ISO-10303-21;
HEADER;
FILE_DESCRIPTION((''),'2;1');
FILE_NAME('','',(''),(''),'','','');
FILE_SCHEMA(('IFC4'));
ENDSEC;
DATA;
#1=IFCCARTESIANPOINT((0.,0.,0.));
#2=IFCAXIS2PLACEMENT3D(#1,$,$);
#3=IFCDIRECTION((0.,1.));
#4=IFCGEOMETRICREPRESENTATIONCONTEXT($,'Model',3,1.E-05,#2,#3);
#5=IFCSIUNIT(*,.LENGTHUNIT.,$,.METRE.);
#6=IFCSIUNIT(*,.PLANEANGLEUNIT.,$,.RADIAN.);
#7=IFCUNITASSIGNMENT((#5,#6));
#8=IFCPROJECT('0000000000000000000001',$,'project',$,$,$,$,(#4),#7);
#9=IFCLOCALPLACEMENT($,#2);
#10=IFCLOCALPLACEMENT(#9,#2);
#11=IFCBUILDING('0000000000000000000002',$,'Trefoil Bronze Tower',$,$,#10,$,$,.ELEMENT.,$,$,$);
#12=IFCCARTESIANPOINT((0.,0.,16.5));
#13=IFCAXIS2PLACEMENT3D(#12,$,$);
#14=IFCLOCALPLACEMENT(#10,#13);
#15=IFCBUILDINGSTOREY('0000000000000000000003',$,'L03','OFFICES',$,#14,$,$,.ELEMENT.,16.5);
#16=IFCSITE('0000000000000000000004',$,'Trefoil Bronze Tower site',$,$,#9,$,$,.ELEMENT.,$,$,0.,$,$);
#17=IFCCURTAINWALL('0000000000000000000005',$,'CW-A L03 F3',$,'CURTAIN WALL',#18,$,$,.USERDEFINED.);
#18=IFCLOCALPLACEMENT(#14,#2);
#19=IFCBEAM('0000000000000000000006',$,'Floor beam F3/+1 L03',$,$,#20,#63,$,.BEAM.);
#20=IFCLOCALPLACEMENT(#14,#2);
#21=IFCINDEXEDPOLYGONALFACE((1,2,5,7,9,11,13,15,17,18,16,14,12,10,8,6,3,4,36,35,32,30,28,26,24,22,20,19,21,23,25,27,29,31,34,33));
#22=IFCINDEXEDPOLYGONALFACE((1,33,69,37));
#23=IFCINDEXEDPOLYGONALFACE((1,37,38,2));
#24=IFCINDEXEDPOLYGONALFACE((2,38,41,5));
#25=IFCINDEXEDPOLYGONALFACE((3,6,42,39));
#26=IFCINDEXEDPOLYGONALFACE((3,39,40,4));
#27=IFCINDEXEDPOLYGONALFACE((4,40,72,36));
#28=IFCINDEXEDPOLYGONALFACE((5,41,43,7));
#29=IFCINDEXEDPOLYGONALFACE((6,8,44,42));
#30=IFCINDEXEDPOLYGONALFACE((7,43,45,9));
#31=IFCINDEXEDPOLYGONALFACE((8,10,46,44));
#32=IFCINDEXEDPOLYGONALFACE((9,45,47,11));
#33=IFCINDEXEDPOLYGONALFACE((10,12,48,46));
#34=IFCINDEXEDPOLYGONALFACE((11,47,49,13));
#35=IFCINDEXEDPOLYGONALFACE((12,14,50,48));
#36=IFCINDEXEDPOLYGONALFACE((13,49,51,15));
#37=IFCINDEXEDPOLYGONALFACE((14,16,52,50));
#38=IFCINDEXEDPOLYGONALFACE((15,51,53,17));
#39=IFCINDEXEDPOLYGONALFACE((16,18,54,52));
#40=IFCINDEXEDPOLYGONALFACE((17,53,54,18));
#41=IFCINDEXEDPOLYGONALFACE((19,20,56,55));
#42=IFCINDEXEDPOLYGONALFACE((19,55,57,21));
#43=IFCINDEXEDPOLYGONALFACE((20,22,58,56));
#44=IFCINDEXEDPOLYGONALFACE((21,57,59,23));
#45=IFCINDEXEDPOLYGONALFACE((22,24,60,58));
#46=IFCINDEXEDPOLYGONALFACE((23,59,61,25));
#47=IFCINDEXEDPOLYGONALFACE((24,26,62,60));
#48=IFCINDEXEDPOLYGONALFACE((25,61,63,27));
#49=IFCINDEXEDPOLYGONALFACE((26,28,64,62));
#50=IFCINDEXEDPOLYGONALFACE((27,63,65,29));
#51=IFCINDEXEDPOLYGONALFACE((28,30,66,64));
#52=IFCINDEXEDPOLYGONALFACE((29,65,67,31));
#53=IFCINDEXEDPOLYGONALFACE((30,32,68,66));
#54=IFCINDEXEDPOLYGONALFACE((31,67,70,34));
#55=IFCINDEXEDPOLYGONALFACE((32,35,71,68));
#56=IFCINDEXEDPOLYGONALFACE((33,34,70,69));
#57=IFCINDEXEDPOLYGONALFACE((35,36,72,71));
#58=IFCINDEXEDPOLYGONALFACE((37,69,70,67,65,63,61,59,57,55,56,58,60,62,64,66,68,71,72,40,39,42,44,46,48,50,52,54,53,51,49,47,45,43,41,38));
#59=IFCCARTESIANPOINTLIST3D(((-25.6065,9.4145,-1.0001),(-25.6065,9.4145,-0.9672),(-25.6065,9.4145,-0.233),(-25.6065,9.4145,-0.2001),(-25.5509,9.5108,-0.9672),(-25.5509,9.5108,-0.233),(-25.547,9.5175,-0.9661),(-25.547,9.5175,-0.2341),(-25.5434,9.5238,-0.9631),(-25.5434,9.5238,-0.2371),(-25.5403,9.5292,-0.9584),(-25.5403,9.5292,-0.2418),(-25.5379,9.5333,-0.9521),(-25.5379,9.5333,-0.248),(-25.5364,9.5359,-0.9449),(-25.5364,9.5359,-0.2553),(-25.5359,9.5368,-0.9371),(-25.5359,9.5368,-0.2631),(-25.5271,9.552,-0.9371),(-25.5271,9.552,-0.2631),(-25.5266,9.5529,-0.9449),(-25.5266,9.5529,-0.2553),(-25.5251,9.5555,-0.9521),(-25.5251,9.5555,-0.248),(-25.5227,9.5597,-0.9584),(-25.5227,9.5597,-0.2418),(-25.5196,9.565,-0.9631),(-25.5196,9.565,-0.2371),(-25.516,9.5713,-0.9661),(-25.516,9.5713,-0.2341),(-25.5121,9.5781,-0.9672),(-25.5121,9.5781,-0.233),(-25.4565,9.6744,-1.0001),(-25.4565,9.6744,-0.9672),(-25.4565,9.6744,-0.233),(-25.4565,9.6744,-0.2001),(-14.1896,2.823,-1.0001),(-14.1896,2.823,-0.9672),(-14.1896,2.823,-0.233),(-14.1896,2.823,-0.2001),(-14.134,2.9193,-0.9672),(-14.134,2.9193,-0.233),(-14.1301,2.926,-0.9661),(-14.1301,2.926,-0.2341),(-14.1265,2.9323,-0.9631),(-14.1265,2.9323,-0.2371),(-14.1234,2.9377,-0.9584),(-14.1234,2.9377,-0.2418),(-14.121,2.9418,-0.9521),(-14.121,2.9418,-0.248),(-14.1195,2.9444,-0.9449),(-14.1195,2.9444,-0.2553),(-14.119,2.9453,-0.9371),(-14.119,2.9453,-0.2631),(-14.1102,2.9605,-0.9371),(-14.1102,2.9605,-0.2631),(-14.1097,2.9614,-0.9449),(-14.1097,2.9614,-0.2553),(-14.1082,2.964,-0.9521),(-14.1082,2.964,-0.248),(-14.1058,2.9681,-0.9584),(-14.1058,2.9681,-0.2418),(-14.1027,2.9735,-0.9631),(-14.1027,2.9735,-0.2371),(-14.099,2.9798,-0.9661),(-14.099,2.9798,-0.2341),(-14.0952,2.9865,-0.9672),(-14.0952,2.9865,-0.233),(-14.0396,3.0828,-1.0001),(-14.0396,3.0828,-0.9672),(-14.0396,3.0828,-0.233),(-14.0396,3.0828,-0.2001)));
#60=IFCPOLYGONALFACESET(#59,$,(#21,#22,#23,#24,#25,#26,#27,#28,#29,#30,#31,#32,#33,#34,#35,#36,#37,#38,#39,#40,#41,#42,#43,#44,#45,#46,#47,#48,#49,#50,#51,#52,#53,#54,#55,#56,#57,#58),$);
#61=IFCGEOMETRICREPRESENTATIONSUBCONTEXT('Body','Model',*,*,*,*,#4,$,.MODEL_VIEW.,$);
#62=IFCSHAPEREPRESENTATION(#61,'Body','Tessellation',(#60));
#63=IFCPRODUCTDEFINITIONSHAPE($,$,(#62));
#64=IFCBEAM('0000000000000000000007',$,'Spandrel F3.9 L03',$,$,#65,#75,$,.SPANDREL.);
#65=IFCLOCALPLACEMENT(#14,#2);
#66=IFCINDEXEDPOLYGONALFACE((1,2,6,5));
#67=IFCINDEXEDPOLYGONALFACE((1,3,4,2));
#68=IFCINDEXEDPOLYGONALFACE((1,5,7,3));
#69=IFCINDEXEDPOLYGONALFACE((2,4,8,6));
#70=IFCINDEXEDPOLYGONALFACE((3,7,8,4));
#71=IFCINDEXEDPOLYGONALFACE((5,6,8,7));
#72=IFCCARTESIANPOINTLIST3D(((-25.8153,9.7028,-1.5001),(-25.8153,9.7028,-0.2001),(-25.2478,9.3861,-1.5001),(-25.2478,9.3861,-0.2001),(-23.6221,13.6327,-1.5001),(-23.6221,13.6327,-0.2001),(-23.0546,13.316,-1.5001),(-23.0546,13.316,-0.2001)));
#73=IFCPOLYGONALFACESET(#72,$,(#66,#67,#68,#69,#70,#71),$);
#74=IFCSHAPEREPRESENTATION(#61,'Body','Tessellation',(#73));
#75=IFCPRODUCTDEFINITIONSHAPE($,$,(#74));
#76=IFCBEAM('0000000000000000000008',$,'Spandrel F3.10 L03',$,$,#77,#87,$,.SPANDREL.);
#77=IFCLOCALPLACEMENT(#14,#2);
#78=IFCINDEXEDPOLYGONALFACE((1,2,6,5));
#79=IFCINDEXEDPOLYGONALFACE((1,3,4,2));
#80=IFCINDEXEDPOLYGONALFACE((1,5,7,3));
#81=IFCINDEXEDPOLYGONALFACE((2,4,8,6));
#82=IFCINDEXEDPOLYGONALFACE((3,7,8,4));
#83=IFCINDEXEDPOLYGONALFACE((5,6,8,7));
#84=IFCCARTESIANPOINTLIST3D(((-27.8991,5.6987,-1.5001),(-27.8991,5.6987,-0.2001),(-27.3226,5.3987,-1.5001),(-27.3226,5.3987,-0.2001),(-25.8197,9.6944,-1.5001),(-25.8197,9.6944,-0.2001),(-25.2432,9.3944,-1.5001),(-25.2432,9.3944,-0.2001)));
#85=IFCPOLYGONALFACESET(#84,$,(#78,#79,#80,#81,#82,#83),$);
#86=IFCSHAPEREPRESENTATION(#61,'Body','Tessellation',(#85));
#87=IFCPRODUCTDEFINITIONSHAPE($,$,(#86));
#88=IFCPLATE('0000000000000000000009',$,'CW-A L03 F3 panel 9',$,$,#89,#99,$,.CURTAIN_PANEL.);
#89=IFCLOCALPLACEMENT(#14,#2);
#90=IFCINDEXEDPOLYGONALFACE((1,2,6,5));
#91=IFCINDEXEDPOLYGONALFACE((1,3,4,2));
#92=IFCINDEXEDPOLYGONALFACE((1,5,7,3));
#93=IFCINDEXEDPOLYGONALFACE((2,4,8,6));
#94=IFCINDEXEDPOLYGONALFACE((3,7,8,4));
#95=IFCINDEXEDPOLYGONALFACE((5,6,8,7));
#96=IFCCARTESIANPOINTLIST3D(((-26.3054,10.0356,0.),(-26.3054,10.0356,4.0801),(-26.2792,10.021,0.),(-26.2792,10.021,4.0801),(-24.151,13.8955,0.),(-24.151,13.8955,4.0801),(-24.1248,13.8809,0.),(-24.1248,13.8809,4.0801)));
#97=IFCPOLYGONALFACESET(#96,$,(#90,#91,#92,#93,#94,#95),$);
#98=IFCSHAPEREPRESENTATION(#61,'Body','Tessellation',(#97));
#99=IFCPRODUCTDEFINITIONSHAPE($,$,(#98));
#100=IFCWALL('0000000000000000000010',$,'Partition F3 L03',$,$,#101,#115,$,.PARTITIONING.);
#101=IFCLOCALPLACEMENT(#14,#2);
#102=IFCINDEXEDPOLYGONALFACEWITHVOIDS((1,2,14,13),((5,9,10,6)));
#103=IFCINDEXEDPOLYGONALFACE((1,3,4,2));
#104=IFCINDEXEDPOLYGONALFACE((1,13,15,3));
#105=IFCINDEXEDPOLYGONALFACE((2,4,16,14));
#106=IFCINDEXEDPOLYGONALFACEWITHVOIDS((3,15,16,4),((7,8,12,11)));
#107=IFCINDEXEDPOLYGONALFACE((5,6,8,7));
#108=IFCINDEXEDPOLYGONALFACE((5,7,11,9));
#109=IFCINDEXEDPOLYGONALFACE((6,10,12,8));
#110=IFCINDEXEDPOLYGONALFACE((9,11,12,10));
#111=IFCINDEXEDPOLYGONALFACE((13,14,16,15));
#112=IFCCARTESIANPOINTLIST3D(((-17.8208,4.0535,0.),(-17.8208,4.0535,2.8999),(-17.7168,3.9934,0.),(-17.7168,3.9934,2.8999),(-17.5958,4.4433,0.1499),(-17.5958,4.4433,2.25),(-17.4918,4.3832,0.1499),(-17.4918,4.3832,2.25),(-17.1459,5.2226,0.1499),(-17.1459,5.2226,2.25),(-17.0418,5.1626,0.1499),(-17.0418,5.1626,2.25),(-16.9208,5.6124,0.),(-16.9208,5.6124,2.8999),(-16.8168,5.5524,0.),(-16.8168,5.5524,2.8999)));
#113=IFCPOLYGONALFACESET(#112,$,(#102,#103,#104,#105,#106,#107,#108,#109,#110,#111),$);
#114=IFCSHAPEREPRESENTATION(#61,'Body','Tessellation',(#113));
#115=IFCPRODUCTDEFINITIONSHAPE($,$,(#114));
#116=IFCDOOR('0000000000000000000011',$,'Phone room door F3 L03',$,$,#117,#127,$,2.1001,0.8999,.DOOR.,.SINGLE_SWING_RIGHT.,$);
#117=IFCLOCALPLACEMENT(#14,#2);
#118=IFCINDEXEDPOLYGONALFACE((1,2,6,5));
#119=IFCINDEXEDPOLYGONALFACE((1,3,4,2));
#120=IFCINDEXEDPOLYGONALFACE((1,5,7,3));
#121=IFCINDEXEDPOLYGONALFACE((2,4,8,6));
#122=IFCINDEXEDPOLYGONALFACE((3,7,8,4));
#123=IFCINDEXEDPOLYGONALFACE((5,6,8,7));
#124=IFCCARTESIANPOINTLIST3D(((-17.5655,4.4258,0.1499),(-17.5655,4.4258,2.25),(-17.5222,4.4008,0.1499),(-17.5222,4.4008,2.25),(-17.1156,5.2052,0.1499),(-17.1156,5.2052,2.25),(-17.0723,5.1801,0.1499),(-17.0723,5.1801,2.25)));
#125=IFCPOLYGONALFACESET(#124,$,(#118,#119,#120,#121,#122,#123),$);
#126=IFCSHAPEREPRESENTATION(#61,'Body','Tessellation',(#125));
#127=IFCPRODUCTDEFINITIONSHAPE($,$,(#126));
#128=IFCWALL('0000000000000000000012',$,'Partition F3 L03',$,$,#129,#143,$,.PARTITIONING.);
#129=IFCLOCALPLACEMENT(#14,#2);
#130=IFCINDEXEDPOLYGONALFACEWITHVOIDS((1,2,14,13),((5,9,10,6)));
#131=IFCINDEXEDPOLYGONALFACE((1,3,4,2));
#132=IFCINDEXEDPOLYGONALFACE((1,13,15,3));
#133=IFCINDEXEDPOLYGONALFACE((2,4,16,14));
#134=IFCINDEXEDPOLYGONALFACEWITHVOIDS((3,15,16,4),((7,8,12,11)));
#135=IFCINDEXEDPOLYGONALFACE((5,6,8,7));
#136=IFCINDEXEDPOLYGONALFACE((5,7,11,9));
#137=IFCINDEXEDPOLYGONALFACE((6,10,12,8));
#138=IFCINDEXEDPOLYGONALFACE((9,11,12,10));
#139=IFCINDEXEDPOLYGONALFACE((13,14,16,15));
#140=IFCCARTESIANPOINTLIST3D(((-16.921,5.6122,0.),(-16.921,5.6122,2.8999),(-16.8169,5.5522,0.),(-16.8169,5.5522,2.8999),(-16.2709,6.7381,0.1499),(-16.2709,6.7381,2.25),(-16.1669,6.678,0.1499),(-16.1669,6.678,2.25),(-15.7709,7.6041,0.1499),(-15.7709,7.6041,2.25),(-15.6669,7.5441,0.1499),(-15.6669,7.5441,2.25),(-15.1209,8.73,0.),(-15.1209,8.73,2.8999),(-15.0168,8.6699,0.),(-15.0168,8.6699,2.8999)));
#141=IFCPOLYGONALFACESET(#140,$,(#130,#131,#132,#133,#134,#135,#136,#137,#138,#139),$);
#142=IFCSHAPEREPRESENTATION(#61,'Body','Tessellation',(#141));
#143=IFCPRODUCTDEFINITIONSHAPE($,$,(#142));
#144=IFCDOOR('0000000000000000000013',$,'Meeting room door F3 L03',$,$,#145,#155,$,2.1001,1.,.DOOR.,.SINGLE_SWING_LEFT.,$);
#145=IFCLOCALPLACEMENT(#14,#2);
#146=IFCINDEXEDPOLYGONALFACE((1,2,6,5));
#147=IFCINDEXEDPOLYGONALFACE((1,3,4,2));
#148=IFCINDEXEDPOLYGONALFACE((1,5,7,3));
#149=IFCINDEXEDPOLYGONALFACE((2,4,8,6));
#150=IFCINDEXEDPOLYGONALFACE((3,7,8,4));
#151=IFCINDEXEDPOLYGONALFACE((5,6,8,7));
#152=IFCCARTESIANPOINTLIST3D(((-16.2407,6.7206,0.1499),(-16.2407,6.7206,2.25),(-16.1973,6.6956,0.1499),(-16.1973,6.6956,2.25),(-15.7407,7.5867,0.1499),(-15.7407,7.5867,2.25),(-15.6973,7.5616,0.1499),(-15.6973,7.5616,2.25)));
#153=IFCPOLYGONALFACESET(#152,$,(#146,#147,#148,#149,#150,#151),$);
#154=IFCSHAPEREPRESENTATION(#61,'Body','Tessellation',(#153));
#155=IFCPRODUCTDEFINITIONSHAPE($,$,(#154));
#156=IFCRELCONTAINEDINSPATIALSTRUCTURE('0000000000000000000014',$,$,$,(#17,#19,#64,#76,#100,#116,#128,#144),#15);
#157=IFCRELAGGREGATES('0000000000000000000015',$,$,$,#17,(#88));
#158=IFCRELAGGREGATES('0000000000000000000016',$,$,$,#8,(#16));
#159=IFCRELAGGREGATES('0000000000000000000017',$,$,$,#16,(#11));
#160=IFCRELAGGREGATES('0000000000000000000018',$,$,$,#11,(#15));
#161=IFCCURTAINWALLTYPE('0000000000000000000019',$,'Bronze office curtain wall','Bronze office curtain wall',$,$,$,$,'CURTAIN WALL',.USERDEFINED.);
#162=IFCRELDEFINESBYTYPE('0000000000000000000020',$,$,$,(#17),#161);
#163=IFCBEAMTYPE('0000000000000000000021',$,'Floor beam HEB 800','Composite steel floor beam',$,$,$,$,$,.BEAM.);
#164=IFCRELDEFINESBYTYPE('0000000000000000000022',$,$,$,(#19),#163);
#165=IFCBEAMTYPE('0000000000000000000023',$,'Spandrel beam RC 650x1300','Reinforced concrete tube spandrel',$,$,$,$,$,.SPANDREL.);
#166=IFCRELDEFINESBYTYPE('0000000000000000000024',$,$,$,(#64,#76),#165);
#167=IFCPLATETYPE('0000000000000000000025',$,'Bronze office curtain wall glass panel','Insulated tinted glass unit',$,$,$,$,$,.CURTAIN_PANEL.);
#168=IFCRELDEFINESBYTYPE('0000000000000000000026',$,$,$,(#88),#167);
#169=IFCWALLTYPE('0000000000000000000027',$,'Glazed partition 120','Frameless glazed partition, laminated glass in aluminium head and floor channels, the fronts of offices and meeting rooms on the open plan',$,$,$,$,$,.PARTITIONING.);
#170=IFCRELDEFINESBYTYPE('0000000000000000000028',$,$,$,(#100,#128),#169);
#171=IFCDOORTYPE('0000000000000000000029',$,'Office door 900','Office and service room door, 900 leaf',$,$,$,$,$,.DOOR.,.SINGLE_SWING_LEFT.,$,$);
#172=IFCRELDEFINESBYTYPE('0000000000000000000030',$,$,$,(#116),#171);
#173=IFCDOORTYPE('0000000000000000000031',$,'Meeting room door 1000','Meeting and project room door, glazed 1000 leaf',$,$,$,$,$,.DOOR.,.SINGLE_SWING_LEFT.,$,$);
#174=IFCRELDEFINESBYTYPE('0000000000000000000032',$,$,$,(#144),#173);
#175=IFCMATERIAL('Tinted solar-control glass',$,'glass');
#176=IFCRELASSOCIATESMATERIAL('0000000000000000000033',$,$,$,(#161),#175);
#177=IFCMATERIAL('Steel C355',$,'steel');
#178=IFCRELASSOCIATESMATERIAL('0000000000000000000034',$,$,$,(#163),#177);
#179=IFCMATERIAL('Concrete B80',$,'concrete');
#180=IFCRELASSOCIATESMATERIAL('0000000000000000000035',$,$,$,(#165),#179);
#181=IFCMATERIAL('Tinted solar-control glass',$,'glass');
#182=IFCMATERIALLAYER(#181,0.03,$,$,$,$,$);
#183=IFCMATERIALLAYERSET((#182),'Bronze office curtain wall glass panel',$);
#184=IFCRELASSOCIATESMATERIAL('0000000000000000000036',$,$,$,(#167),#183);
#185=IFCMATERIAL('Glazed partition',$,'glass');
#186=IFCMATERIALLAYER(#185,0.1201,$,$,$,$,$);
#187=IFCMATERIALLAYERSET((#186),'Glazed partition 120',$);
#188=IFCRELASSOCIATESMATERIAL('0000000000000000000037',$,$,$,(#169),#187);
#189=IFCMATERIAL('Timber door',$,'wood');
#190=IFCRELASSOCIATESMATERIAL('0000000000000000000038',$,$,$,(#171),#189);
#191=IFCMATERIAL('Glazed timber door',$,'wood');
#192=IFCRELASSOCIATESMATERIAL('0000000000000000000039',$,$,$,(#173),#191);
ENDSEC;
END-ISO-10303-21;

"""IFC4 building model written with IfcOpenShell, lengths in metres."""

from ifc_helpers import new_model, si_unit, direction, frame, frame_2d, origin, origin_2d, place, context, subcontext, project, spatial, rectangle, i_section, extrude, material, layer, layer_set, material_profile, profile_set, type_object, element, fill, aggregate, save


model = new_model("IFC4")

# Units and contexts
model_context = context("Model", 3, precision=1e-05, world=origin(), true_north=direction((0.0, 1.0)))
body_context = subcontext(model_context, "Body", "Model", "MODEL_VIEW")
ifc_project = project(units=[si_unit("LENGTHUNIT", "METRE"), si_unit("PLANEANGLEUNIT", "RADIAN")], contexts=[model_context])

# Site, building, storey
site_placement = place(None, origin())
site = spatial("IfcSite", under=ifc_project, at=site_placement, Name="Trefoil Bronze Tower site", CompositionType="ELEMENT", RefElevation=0.0)
building_placement = place(site_placement, origin())
building = spatial("IfcBuilding", under=site, at=building_placement, Name="Trefoil Bronze Tower", CompositionType="ELEMENT")
storey_placement = place(building_placement, frame((0.0, 0.0, 16.5)))
storey = spatial("IfcBuildingStorey", under=building, at=storey_placement, Name="L03", Description="OFFICES", CompositionType="ELEMENT", Elevation=16.5)

# Curtain wall
ifc_material_1 = material(Name="Tinted solar-control glass", Category="glass")
curtain_wall_type = type_object("IfcCurtainWallType", Name="Bronze office curtain wall", Description="Bronze office curtain wall", ElementType="CURTAIN WALL", PredefinedType="USERDEFINED", material=ifc_material_1)
curtain_wall_placement = place(storey_placement, origin())
curtain_wall = element("IfcCurtainWall", 1, at=curtain_wall_placement, inside=storey, type_object=curtain_wall_type, Name="CW-A L03 F3", ObjectType="CURTAIN WALL", PredefinedType="USERDEFINED")

# Beams
ifc_material_2 = material(Name="Steel C355", Category="steel")
ifc_material_profile_1 = material_profile(ifc_material_2, i_section(OverallWidth=0.3, OverallDepth=0.8, WebThickness=0.0176, FlangeThickness=0.033, FilletRadius=0.03, at=origin_2d()), Name="HEB 800")
ifc_profile_set_1 = profile_set([ifc_material_profile_1], Name="Steel C355")
beam_type_1 = type_object("IfcBeamType", Name="Floor beam HEB 800", Description="Composite steel floor beam", PredefinedType="BEAM", material=ifc_profile_set_1)
beam_1_placement = place(storey_placement, frame((-25.5315, 9.5444, -0.6001), z_axis=(0.866027, -0.499997, 0.0), x_axis=(0.499997, 0.866027, 0.0)))
element("IfcBeam", 2, at=beam_1_placement, inside=storey, type_object=beam_type_1, Name="Floor beam F3/+1 L03", PredefinedType="BEAM", context=body_context, shape_type="SweptSolid", body=[
    extrude(i_section(OverallWidth=0.3, OverallDepth=0.8, WebThickness=0.0176, FlangeThickness=0.033, FilletRadius=0.03, at=origin_2d()), origin(), (0.0, 0.0, 1.0), 13.1831),
])
ifc_material_3 = material(Name="Concrete B80", Category="concrete")
ifc_material_profile_2 = material_profile(ifc_material_3, rectangle(XDim=0.6499, YDim=1.3, at=origin_2d()), Name="RC 650x1300")
ifc_profile_set_2 = profile_set([ifc_material_profile_2], Name="Concrete B80")
beam_type_2 = type_object("IfcBeamType", Name="Spandrel beam RC 650x1300", Description="Reinforced concrete tube spandrel", PredefinedType="SPANDREL", material=ifc_profile_set_2)
beam_2_placement = place(storey_placement, frame((-23.3384, 13.4744, -0.8501), z_axis=(-0.487309, -0.873229, 0.0), x_axis=(0.873229, -0.487309, 0.0)))
element("IfcBeam", 3, at=beam_2_placement, inside=storey, type_object=beam_type_2, Name="Spandrel F3.9 L03", PredefinedType="SPANDREL", context=body_context, shape_type="SweptSolid", body=[
    extrude(rectangle(XDim=0.6499, YDim=1.3, at=origin_2d()), origin(), (0.0, 0.0, 1.0), 4.5005),
])
beam_3_placement = place(storey_placement, frame((-25.5315, 9.5444, -0.8501), z_axis=(-0.461638, -0.887069, 0.0), x_axis=(0.887069, -0.461638, 0.0)))
element("IfcBeam", 4, at=beam_3_placement, inside=storey, type_object=beam_type_2, Name="Spandrel F3.10 L03", PredefinedType="SPANDREL", context=body_context, shape_type="SweptSolid", body=[
    extrude(rectangle(XDim=0.6499, YDim=1.3, at=origin_2d()), origin(), (0.0, 0.0, 1.0), 4.5044),
])

# Plate
ifc_material_4 = material(Name="Tinted solar-control glass", Category="glass")
ifc_layer_1 = layer(ifc_material_4, 0.03)
ifc_layer_set_1 = layer_set([ifc_layer_1], Name="Bronze office curtain wall glass panel")
plate_type = type_object("IfcPlateType", Name="Bronze office curtain wall glass panel", Description="Insulated tinted glass unit", PredefinedType="CURTAIN_PANEL", material=ifc_layer_set_1)
plate_placement = place(storey_placement, frame((-25.2151, 11.9583, 0.0), z_axis=(0.0, 0.0, 1.0), x_axis=(-0.487382, -0.873189, 0.0)))
plate = element("IfcPlate", 5, at=plate_placement, type_object=plate_type, Name="CW-A L03 F3 panel 9", PredefinedType="CURTAIN_PANEL", context=body_context, shape_type="SweptSolid", body=[
    extrude(rectangle(XDim=4.4204, YDim=0.03, at=origin_2d()), origin(), (0.0, 0.0, 1.0), 4.0801),
])
aggregate(curtain_wall, [plate])

# Walls, openings, doors
ifc_material_5 = material(Name="Glazed partition", Category="glass")
ifc_layer_2 = layer(ifc_material_5, 0.1201)
ifc_layer_set_2 = layer_set([ifc_layer_2], Name="Glazed partition 120")
wall_type = type_object("IfcWallType", Name="Glazed partition 120", Description="Frameless glazed partition, laminated glass in aluminium head and floor channels, the fronts of offices and meeting rooms on the open plan", PredefinedType="PARTITIONING", material=ifc_layer_set_2)
wall_1_placement = place(storey_placement, frame((-16.8689, 5.5823, 0.0), z_axis=(0.0, 0.0, 1.0), x_axis=(-0.499961, -0.866048, 0.0)))
wall_1 = element("IfcWall", 6, at=wall_1_placement, inside=storey, type_object=wall_type, Name="Partition F3 L03", PredefinedType="PARTITIONING", context=body_context, shape_type="SweptSolid", body=[
    extrude(rectangle(XDim=1.8, YDim=0.1201, at=frame_2d((0.8999, 0.0))), origin(), (0.0, 0.0, 1.0), 2.8999),
])
opening_1_placement = place(wall_1_placement, frame((0.45, 0.0, 0.1499)))
opening_1 = element("IfcOpeningElement", 7, at=opening_1_placement, cuts=wall_1, PredefinedType="OPENING", context=body_context, shape_type="SweptSolid", body=[
    extrude(rectangle(XDim=0.8999, YDim=2.1001, at=frame_2d((0.45, 1.05))), frame((0.0, 0.0701, 0.0), z_axis=(0.0, -1.0, 0.0), x_axis=(1.0, 0.0, 0.0)), (0.0, 0.0, 1.0), 0.1401),
])
ifc_material_6 = material(Name="Timber door", Category="wood")
door_type_1 = type_object("IfcDoorType", Name="Office door 900", Description="Office and service room door, 900 leaf", OperationType="SINGLE_SWING_LEFT", PredefinedType="DOOR", material=ifc_material_6)
door_1_placement = place(opening_1_placement, origin())
door_1 = element("IfcDoor", 8, at=door_1_placement, inside=storey, type_object=door_type_1, Name="Phone room door F3 L03", OperationType="SINGLE_SWING_RIGHT", OverallHeight=2.1001, OverallWidth=0.8999, PredefinedType="DOOR", context=body_context, shape_type="SweptSolid", body=[
    extrude(rectangle(XDim=0.8999, YDim=2.1001, at=frame_2d((0.45, 1.05))), frame((0.0, 0.0249, 0.0), z_axis=(0.0, -1.0, 0.0), x_axis=(1.0, 0.0, 0.0)), (0.0, 0.0, 1.0), 0.05),
])
fill(opening_1, door_1)
wall_2_placement = place(storey_placement, frame((-15.0688, 8.7, 0.0), z_axis=(0.0, 0.0, 1.0), x_axis=(-0.500012, -0.866018, 0.0)))
wall_2 = element("IfcWall", 9, at=wall_2_placement, inside=storey, type_object=wall_type, Name="Partition F3 L03", PredefinedType="PARTITIONING", context=body_context, shape_type="SweptSolid", body=[
    extrude(rectangle(XDim=3.6001, YDim=0.1201, at=frame_2d((1.8, 0.0))), origin(), (0.0, 0.0, 1.0), 2.8999),
])
opening_2_placement = place(wall_2_placement, frame((1.3, 0.0, 0.1499)))
opening_2 = element("IfcOpeningElement", 10, at=opening_2_placement, cuts=wall_2, PredefinedType="OPENING", context=body_context, shape_type="SweptSolid", body=[
    extrude(rectangle(XDim=1.0, YDim=2.1001, at=frame_2d((0.5, 1.05))), frame((0.0, 0.0701, 0.0), z_axis=(0.0, -1.0, 0.0), x_axis=(1.0, 0.0, 0.0)), (0.0, 0.0, 1.0), 0.1401),
])
ifc_material_7 = material(Name="Glazed timber door", Category="wood")
door_type_2 = type_object("IfcDoorType", Name="Meeting room door 1000", Description="Meeting and project room door, glazed 1000 leaf", OperationType="SINGLE_SWING_LEFT", PredefinedType="DOOR", material=ifc_material_7)
door_2_placement = place(opening_2_placement, origin())
door_2 = element("IfcDoor", 11, at=door_2_placement, inside=storey, type_object=door_type_2, Name="Meeting room door F3 L03", OperationType="SINGLE_SWING_LEFT", OverallHeight=2.1001, OverallWidth=1.0, PredefinedType="DOOR", context=body_context, shape_type="SweptSolid", body=[
    extrude(rectangle(XDim=1.0, YDim=2.1001, at=frame_2d((0.5, 1.05))), frame((0.0, 0.0249, 0.0), z_axis=(0.0, -1.0, 0.0), x_axis=(1.0, 0.0, 0.0)), (0.0, 0.0, 1.0), 0.05),
])
fill(opening_2, door_2)

save(model, "model.ifc")
